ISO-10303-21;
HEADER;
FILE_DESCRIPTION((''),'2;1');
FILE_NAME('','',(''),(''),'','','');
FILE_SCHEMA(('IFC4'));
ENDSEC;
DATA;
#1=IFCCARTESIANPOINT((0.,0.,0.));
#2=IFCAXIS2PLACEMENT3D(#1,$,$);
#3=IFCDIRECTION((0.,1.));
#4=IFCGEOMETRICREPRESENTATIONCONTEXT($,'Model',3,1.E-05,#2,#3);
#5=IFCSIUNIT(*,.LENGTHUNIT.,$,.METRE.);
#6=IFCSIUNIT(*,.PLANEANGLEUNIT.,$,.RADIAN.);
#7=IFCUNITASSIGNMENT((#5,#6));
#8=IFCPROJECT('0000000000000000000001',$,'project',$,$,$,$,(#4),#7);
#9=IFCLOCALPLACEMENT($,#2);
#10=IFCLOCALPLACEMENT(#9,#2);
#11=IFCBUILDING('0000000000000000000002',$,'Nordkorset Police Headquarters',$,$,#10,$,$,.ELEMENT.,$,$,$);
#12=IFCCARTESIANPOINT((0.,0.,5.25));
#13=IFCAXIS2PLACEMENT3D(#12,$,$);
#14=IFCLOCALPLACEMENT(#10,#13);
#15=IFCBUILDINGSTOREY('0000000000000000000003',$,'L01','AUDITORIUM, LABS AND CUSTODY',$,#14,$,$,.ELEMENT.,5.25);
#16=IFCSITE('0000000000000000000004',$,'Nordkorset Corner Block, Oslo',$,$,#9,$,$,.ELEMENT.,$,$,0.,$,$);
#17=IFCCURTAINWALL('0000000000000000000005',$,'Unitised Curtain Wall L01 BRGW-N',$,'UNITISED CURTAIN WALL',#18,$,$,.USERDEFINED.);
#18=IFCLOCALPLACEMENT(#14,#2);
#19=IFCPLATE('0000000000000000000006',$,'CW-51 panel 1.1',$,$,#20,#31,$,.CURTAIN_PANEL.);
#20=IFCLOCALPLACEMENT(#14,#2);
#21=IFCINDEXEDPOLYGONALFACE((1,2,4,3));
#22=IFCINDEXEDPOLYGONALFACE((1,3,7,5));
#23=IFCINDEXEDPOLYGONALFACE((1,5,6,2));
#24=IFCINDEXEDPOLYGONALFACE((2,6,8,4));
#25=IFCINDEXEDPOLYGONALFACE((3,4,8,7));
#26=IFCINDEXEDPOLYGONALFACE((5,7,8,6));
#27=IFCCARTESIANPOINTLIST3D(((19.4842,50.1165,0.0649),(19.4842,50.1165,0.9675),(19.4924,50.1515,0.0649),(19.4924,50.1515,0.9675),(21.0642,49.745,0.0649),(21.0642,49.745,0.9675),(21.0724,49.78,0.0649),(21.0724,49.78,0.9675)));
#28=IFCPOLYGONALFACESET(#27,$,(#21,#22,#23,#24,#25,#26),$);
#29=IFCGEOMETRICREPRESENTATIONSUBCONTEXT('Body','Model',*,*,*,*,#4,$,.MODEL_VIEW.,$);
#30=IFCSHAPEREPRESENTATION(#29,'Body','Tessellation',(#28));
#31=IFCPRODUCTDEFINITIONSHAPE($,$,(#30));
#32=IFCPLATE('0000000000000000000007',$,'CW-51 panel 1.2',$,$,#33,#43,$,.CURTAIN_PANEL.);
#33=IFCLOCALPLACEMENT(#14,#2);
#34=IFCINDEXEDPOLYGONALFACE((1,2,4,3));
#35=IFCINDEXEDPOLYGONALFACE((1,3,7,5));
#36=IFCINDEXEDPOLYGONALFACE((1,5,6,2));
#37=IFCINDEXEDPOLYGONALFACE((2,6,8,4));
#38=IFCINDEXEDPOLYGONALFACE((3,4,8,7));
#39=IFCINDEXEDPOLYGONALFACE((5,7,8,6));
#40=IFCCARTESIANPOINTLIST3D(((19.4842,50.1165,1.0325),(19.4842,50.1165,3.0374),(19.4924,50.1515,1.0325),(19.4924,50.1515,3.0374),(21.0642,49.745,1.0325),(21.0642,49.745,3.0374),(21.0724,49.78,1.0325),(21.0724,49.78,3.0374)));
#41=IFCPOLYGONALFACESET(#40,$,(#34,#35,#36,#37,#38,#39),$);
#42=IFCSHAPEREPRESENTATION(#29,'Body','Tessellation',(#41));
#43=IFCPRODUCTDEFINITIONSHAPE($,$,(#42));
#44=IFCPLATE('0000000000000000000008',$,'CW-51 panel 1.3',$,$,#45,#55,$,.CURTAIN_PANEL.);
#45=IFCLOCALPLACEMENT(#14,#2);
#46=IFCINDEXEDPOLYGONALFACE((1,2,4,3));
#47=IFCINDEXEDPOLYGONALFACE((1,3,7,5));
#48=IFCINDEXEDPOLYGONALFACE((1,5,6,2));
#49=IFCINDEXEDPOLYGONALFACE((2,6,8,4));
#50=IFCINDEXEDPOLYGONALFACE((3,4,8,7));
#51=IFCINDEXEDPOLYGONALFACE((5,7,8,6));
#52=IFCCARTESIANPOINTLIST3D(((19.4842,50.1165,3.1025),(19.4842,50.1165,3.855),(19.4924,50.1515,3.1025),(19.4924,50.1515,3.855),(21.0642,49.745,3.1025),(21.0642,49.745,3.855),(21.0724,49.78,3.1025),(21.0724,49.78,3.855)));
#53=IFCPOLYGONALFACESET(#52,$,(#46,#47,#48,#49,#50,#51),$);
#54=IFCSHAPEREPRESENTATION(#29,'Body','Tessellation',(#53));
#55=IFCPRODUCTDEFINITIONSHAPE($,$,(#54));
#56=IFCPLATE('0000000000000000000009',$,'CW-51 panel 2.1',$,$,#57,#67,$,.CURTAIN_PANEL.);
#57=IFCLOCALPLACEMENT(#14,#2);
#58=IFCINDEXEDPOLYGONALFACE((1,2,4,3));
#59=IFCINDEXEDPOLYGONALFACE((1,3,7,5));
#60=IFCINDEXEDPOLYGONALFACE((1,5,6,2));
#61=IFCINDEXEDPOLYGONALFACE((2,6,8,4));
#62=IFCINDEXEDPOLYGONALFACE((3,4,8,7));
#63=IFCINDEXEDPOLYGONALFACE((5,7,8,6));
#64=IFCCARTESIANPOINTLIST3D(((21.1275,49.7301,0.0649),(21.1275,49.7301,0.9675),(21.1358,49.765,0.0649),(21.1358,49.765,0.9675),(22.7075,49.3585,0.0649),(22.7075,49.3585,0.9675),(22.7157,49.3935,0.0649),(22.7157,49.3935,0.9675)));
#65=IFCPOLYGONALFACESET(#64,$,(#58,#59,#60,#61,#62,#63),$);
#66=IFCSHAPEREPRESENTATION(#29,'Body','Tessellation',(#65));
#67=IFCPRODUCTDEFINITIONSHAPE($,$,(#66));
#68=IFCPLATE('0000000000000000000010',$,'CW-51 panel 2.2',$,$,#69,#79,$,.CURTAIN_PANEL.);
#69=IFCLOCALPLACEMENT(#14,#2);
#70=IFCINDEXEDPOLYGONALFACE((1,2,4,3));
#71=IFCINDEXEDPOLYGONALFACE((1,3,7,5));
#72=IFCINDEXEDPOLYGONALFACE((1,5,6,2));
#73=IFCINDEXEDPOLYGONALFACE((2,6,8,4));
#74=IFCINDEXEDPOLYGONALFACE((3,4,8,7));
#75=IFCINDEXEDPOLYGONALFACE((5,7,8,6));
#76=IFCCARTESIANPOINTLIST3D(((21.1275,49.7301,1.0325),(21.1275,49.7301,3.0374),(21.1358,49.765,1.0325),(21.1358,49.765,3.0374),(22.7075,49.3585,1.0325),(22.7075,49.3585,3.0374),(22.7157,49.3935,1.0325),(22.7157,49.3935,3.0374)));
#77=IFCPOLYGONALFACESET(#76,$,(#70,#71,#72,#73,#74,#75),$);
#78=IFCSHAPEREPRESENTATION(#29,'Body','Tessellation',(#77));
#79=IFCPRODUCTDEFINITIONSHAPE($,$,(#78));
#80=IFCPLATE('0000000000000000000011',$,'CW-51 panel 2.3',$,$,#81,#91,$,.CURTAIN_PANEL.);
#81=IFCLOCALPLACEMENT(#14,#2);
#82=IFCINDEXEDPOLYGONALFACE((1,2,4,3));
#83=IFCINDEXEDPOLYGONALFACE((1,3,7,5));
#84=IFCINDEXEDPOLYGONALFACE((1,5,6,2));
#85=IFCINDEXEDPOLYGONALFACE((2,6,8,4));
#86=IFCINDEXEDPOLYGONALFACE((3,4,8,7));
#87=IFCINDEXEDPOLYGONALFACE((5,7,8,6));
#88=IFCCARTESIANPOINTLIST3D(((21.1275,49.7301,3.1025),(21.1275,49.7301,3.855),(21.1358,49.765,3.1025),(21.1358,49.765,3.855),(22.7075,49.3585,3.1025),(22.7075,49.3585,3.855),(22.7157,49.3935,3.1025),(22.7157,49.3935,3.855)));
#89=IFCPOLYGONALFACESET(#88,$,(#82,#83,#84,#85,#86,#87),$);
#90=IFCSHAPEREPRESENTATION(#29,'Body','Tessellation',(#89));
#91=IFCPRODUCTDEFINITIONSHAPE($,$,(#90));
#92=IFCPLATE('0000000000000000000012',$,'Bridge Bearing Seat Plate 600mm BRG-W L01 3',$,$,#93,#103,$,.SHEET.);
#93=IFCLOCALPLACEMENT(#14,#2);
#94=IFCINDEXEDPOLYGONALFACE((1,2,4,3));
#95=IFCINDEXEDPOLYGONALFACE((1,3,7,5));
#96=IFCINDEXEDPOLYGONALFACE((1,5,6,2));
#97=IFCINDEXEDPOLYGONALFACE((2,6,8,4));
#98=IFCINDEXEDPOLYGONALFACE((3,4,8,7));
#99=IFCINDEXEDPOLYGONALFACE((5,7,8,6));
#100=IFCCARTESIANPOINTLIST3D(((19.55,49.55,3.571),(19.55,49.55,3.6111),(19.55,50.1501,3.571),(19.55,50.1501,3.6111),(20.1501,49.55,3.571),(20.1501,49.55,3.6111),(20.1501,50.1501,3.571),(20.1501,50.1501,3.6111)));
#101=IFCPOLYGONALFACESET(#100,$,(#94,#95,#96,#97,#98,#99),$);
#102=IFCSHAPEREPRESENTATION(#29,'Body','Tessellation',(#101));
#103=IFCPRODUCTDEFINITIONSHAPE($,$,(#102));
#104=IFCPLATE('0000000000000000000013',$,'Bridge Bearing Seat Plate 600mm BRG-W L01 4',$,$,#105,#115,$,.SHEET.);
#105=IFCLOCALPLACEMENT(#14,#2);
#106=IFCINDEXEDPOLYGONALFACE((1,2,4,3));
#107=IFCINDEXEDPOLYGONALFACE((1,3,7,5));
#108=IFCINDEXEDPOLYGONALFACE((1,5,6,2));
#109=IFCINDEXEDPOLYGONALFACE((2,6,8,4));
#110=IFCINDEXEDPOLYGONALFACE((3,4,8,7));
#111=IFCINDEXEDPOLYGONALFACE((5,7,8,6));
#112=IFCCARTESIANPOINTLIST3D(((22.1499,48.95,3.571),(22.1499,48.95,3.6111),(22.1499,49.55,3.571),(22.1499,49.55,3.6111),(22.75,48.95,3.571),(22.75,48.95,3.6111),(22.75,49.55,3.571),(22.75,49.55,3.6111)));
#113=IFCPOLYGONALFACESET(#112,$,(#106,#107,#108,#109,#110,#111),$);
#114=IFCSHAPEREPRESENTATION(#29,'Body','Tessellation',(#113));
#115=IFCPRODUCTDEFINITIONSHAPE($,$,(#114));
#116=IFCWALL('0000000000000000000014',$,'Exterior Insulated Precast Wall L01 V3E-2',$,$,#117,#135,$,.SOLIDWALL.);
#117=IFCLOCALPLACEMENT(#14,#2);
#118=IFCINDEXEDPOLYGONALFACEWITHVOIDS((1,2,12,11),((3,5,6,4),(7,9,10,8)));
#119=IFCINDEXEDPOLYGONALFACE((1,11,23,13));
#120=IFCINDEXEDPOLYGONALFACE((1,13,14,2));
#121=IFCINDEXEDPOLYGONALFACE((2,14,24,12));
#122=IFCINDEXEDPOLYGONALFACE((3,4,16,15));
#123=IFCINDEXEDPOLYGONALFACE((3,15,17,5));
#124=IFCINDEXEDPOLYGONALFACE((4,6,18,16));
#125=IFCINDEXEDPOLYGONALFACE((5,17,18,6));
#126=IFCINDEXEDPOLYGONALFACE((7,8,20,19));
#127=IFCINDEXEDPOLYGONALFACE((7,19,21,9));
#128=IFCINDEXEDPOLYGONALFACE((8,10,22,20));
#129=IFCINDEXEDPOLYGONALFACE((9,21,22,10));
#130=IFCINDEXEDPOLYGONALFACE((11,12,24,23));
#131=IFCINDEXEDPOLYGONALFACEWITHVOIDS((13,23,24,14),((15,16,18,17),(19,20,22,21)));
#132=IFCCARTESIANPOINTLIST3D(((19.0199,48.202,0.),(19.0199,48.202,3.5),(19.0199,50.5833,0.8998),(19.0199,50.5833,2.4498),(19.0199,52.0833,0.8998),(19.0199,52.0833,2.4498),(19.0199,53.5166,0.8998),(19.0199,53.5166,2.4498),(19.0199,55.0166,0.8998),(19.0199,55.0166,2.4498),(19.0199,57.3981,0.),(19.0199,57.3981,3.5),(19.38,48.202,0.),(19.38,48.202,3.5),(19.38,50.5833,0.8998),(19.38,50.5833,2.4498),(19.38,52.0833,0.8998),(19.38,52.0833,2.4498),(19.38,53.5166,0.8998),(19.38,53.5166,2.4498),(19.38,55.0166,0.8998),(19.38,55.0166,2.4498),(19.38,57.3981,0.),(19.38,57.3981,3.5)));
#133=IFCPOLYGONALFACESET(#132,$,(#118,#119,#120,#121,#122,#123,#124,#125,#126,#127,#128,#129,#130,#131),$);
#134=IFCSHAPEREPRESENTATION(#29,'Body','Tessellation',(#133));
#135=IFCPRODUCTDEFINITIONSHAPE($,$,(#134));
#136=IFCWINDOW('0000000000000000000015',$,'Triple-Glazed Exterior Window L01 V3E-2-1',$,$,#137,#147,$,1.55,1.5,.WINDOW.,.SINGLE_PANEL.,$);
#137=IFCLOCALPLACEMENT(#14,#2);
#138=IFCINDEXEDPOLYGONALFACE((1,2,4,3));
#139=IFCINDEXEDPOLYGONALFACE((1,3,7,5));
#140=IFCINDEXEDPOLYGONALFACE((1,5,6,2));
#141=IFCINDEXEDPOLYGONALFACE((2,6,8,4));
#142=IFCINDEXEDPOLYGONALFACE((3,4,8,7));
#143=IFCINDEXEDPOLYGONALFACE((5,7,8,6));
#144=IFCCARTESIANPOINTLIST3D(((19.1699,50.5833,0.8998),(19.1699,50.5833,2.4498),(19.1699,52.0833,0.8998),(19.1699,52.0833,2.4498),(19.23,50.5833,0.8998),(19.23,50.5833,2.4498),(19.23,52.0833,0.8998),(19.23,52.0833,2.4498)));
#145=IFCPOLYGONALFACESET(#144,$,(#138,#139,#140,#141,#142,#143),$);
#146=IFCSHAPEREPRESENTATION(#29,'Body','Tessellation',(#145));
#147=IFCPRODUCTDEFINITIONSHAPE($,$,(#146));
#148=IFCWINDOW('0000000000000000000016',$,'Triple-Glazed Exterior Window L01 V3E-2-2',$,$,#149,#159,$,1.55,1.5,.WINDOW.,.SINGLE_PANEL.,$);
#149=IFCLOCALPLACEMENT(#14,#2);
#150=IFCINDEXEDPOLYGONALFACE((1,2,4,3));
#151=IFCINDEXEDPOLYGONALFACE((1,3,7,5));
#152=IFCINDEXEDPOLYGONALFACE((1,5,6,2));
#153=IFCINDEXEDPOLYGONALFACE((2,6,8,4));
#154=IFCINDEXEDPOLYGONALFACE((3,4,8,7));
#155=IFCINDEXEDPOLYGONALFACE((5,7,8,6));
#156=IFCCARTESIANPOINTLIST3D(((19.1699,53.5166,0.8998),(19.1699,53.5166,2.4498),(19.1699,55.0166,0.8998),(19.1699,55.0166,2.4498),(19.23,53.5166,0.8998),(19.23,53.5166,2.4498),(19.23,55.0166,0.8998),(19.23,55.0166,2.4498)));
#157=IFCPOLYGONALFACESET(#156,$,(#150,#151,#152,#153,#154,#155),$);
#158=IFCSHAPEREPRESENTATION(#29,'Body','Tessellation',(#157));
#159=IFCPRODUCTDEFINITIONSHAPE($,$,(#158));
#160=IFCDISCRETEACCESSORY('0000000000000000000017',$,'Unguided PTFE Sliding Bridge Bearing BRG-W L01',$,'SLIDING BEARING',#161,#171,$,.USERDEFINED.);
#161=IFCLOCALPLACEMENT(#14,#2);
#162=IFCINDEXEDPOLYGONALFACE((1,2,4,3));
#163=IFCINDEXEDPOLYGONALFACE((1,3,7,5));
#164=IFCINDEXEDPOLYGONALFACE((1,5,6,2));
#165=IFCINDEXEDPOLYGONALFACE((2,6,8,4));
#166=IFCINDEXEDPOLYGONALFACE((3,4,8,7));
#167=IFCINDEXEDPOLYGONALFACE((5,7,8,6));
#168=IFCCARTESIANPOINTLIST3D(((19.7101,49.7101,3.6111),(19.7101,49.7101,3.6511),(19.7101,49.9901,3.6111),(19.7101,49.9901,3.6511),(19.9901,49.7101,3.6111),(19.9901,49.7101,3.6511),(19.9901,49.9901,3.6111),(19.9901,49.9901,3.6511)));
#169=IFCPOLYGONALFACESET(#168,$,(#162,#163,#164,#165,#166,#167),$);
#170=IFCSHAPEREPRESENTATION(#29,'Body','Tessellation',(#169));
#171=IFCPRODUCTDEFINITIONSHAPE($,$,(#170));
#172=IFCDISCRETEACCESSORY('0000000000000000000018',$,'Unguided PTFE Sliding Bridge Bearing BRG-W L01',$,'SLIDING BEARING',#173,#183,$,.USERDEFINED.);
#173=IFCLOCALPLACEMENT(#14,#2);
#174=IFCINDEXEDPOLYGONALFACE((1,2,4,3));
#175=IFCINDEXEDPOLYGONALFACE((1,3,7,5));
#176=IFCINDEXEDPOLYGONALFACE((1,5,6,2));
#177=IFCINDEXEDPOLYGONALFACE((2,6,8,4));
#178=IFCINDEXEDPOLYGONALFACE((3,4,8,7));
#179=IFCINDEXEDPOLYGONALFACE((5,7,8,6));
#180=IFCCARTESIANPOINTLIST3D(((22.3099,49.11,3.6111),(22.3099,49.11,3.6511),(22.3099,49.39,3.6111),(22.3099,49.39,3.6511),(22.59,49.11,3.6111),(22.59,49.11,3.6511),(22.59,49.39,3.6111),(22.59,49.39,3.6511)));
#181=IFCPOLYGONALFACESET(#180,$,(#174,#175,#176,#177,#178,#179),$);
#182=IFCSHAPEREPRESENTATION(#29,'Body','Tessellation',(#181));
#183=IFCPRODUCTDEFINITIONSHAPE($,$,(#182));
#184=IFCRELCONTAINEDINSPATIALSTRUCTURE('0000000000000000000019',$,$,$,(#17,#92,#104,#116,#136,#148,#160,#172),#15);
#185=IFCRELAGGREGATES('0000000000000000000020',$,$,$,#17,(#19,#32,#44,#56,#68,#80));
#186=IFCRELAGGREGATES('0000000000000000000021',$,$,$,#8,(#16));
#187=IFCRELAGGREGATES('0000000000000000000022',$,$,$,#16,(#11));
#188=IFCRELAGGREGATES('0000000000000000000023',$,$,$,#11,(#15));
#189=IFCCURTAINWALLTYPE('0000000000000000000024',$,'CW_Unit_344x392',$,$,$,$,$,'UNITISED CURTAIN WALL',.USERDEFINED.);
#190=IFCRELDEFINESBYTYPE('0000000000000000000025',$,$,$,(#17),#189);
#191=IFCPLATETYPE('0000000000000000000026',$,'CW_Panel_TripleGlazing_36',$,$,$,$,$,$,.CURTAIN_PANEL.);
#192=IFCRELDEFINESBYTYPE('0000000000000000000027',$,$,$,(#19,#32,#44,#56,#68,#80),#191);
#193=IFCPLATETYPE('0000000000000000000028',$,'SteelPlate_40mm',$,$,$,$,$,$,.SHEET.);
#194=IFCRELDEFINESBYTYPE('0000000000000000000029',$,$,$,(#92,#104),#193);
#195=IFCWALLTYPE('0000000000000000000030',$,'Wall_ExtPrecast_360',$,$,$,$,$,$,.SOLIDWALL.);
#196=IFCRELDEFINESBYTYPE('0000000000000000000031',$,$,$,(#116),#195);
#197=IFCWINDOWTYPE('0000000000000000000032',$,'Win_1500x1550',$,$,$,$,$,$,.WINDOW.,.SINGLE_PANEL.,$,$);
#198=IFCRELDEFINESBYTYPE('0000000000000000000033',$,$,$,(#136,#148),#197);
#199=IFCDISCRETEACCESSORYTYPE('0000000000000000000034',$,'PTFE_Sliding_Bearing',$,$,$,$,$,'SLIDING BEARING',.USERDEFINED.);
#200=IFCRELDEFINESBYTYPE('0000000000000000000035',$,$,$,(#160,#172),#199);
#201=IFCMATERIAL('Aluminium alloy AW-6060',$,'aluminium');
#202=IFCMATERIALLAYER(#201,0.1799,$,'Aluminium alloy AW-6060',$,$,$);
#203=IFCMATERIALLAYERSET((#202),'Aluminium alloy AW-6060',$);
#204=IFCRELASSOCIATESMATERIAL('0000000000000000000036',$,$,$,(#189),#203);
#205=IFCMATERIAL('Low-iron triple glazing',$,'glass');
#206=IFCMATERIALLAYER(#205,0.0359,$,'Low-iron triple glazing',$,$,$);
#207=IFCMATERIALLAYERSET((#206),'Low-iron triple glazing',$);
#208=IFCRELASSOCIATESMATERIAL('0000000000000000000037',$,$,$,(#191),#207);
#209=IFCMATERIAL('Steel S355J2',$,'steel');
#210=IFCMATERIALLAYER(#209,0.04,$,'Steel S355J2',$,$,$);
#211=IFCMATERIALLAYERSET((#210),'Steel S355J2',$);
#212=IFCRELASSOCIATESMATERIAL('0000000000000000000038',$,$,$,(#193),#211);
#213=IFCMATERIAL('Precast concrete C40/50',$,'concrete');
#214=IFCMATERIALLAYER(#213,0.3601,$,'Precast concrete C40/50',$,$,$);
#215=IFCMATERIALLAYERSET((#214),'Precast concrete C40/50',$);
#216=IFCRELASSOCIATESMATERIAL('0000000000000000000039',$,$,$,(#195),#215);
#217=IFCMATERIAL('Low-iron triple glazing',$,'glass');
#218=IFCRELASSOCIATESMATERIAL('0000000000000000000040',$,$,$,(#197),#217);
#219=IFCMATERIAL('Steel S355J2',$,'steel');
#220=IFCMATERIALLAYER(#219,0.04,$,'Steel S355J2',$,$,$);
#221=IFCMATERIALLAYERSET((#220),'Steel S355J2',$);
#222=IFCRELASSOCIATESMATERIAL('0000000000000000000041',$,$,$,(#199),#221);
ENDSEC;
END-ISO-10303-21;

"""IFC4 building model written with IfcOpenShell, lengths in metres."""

from ifc_helpers import new_model, si_unit, direction, frame, frame_2d, origin, origin_2d, place, context, subcontext, project, spatial, rectangle, extrude, material, layer, layer_set, type_object, element, fill, aggregate, save


model = new_model("IFC4")

# Units and contexts
model_context = context("Model", 3, precision=1e-05, world=origin(), true_north=direction((0.0, 1.0)))
body_context = subcontext(model_context, "Body", "Model", "MODEL_VIEW")
ifc_project = project(units=[si_unit("LENGTHUNIT", "METRE"), si_unit("PLANEANGLEUNIT", "RADIAN")], contexts=[model_context])

# Site, building, storey
site_placement = place(None, origin())
site = spatial("IfcSite", under=ifc_project, at=site_placement, Name="Nordkorset Corner Block, Oslo", CompositionType="ELEMENT", RefElevation=0.0)
building_placement = place(site_placement, origin())
building = spatial("IfcBuilding", under=site, at=building_placement, Name="Nordkorset Police Headquarters", CompositionType="ELEMENT")
storey_placement = place(building_placement, frame((0.0, 0.0, 5.25)))
storey = spatial("IfcBuildingStorey", under=building, at=storey_placement, Name="L01", Description="AUDITORIUM, LABS AND CUSTODY", CompositionType="ELEMENT", Elevation=5.25)

# Curtain wall
ifc_material_1 = material(Name="Aluminium alloy AW-6060", Category="aluminium")
ifc_layer_1 = layer(ifc_material_1, 0.1799, Name="Aluminium alloy AW-6060")
ifc_layer_set_1 = layer_set([ifc_layer_1], Name="Aluminium alloy AW-6060")
curtain_wall_type = type_object("IfcCurtainWallType", Name="CW_Unit_344x392", ElementType="UNITISED CURTAIN WALL", PredefinedType="USERDEFINED", material=ifc_layer_set_1)
curtain_wall_placement = place(storey_placement, origin())
curtain_wall = element("IfcCurtainWall", 1, at=curtain_wall_placement, inside=storey, type_object=curtain_wall_type, Name="Unitised Curtain Wall L01 BRGW-N", ObjectType="UNITISED CURTAIN WALL", PredefinedType="USERDEFINED")

# Plates
ifc_material_2 = material(Name="Low-iron triple glazing", Category="glass")
ifc_layer_2 = layer(ifc_material_2, 0.0359, Name="Low-iron triple glazing")
ifc_layer_set_2 = layer_set([ifc_layer_2], Name="Low-iron triple glazing")
plate_type_1 = type_object("IfcPlateType", Name="CW_Panel_TripleGlazing_36", PredefinedType="CURTAIN_PANEL", material=ifc_layer_set_2)
plate_1_placement = place(storey_placement, frame((20.2783, 49.9482, 0.0649), z_axis=(0.0, 0.0, 1.0), x_axis=(0.973452, -0.228893, 0.0)))
plate_1 = element("IfcPlate", 2, at=plate_1_placement, type_object=plate_type_1, Name="CW-51 panel 1.1", PredefinedType="CURTAIN_PANEL", context=body_context, shape_type="SweptSolid", body=[
    extrude(rectangle(XDim=1.623, YDim=0.0359, at=origin_2d()), origin(), (0.0, 0.0, 1.0), 0.9026),
])
plate_2_placement = place(storey_placement, frame((20.2783, 49.9482, 1.0325), z_axis=(0.0, 0.0, 1.0), x_axis=(0.973452, -0.228893, 0.0)))
plate_2 = element("IfcPlate", 3, at=plate_2_placement, type_object=plate_type_1, Name="CW-51 panel 1.2", PredefinedType="CURTAIN_PANEL", context=body_context, shape_type="SweptSolid", body=[
    extrude(rectangle(XDim=1.623, YDim=0.0359, at=origin_2d()), origin(), (0.0, 0.0, 1.0), 2.0049),
])
plate_3_placement = place(storey_placement, frame((20.2783, 49.9482, 3.1025), z_axis=(0.0, 0.0, 1.0), x_axis=(0.973452, -0.228893, 0.0)))
plate_3 = element("IfcPlate", 4, at=plate_3_placement, type_object=plate_type_1, Name="CW-51 panel 1.3", PredefinedType="CURTAIN_PANEL", context=body_context, shape_type="SweptSolid", body=[
    extrude(rectangle(XDim=1.623, YDim=0.0359, at=origin_2d()), origin(), (0.0, 0.0, 1.0), 0.7524),
])
plate_4_placement = place(storey_placement, frame((21.9216, 49.5618, 0.0649), z_axis=(0.0, 0.0, 1.0), x_axis=(0.973452, -0.228893, 0.0)))
plate_4 = element("IfcPlate", 5, at=plate_4_placement, type_object=plate_type_1, Name="CW-51 panel 2.1", PredefinedType="CURTAIN_PANEL", context=body_context, shape_type="SweptSolid", body=[
    extrude(rectangle(XDim=1.623, YDim=0.0359, at=origin_2d()), origin(), (0.0, 0.0, 1.0), 0.9026),
])
plate_5_placement = place(storey_placement, frame((21.9216, 49.5618, 1.0325), z_axis=(0.0, 0.0, 1.0), x_axis=(0.973452, -0.228893, 0.0)))
plate_5 = element("IfcPlate", 6, at=plate_5_placement, type_object=plate_type_1, Name="CW-51 panel 2.2", PredefinedType="CURTAIN_PANEL", context=body_context, shape_type="SweptSolid", body=[
    extrude(rectangle(XDim=1.623, YDim=0.0359, at=origin_2d()), origin(), (0.0, 0.0, 1.0), 2.0049),
])
plate_6_placement = place(storey_placement, frame((21.9216, 49.5618, 3.1025), z_axis=(0.0, 0.0, 1.0), x_axis=(0.973452, -0.228893, 0.0)))
plate_6 = element("IfcPlate", 7, at=plate_6_placement, type_object=plate_type_1, Name="CW-51 panel 2.3", PredefinedType="CURTAIN_PANEL", context=body_context, shape_type="SweptSolid", body=[
    extrude(rectangle(XDim=1.623, YDim=0.0359, at=origin_2d()), origin(), (0.0, 0.0, 1.0), 0.7524),
])
aggregate(curtain_wall, [plate_1, plate_2, plate_3, plate_4, plate_5, plate_6])

# Plates
ifc_material_3 = material(Name="Steel S355J2", Category="steel")
ifc_layer_3 = layer(ifc_material_3, 0.04, Name="Steel S355J2")
ifc_layer_set_3 = layer_set([ifc_layer_3], Name="Steel S355J2")
plate_type_2 = type_object("IfcPlateType", Name="SteelPlate_40mm", PredefinedType="SHEET", material=ifc_layer_set_3)
for number, where, z_axis, x_axis, name in (
    (8, (19.8501, 49.8501, 3.571), (0.0, 0.0, 1.0), (1.0, 0.0, 0.0), "Bridge Bearing Seat Plate 600mm BRG-W L01 3"),
    (9, (22.45, 49.25, 3.571), (0.0, 0.0, 1.0), (1.0, 0.0, 0.0), "Bridge Bearing Seat Plate 600mm BRG-W L01 4"),
):
    element("IfcPlate", number, at=place(storey_placement, frame(where, z_axis=z_axis, x_axis=x_axis)), inside=storey, type_object=plate_type_2, Name=name, PredefinedType="SHEET", context=body_context, shape_type="SweptSolid", body=[
        extrude(rectangle(XDim=0.6001, YDim=0.6001, at=origin_2d()), origin(), (0.0, 0.0, 1.0), 0.04),
    ])

# Wall, openings, windows
ifc_material_4 = material(Name="Precast concrete C40/50", Category="concrete")
ifc_layer_4 = layer(ifc_material_4, 0.3601, Name="Precast concrete C40/50")
ifc_layer_set_4 = layer_set([ifc_layer_4], Name="Precast concrete C40/50")
wall_type = type_object("IfcWallType", Name="Wall_ExtPrecast_360", PredefinedType="SOLIDWALL", material=ifc_layer_set_4)
wall_placement = place(storey_placement, frame((19.2, 48.2019, 0.0), z_axis=(0.0, 0.0, 1.0), x_axis=(0.0, 1.0, 0.0)))
wall = element("IfcWall", 10, at=wall_placement, inside=storey, type_object=wall_type, Name="Exterior Insulated Precast Wall L01 V3E-2", PredefinedType="SOLIDWALL", context=body_context, shape_type="SweptSolid", body=[
    extrude(rectangle(XDim=9.196, YDim=0.3601, at=frame_2d((4.5981, 0.0))), origin(), (0.0, 0.0, 1.0), 3.5),
])
opening_1_placement = place(wall_placement, frame((2.3813, 0.0, 0.8999)))
opening_1 = element("IfcOpeningElement", 11, at=opening_1_placement, cuts=wall, PredefinedType="OPENING", context=body_context, shape_type="SweptSolid", body=[
    extrude(rectangle(XDim=1.5, YDim=1.55, at=frame_2d((0.75, 0.7749))), frame((0.0, 0.1899, 0.0), z_axis=(0.0, -1.0, 0.0), x_axis=(1.0, 0.0, 0.0)), (0.0, 0.0, 1.0), 0.3801),
])
opening_2_placement = place(wall_placement, frame((5.3147, 0.0, 0.8999)))
opening_2 = element("IfcOpeningElement", 12, at=opening_2_placement, cuts=wall, PredefinedType="OPENING", context=body_context, shape_type="SweptSolid", body=[
    extrude(rectangle(XDim=1.5, YDim=1.55, at=frame_2d((0.75, 0.7749))), frame((0.0, 0.1899, 0.0), z_axis=(0.0, -1.0, 0.0), x_axis=(1.0, 0.0, 0.0)), (0.0, 0.0, 1.0), 0.3801),
])
ifc_material_5 = material(Name="Low-iron triple glazing", Category="glass")
window_type = type_object("IfcWindowType", Name="Win_1500x1550", PartitioningType="SINGLE_PANEL", PredefinedType="WINDOW", material=ifc_material_5)
window_1_placement = place(opening_1_placement, origin())
window_1 = element("IfcWindow", 13, at=window_1_placement, inside=storey, type_object=window_type, Name="Triple-Glazed Exterior Window L01 V3E-2-1", OverallHeight=1.55, OverallWidth=1.5, PartitioningType="SINGLE_PANEL", PredefinedType="WINDOW", context=body_context, shape_type="SweptSolid", body=[
    extrude(rectangle(XDim=1.5, YDim=1.55, at=frame_2d((0.75, 0.7749))), frame((0.0, 0.03, 0.0), z_axis=(0.0, -1.0, 0.0), x_axis=(1.0, 0.0, 0.0)), (0.0, 0.0, 1.0), 0.0601),
])
fill(opening_1, window_1)
window_2_placement = place(opening_2_placement, origin())
window_2 = element("IfcWindow", 14, at=window_2_placement, inside=storey, type_object=window_type, Name="Triple-Glazed Exterior Window L01 V3E-2-2", OverallHeight=1.55, OverallWidth=1.5, PartitioningType="SINGLE_PANEL", PredefinedType="WINDOW", context=body_context, shape_type="SweptSolid", body=[
    extrude(rectangle(XDim=1.5, YDim=1.55, at=frame_2d((0.75, 0.7749))), frame((0.0, 0.03, 0.0), z_axis=(0.0, -1.0, 0.0), x_axis=(1.0, 0.0, 0.0)), (0.0, 0.0, 1.0), 0.0601),
])
fill(opening_2, window_2)

# Discrete accessories
ifc_material_6 = material(Name="Steel S355J2", Category="steel")
ifc_layer_5 = layer(ifc_material_6, 0.04, Name="Steel S355J2")
ifc_layer_set_5 = layer_set([ifc_layer_5], Name="Steel S355J2")
discrete_accessory_type = type_object("IfcDiscreteAccessoryType", Name="PTFE_Sliding_Bearing", ElementType="SLIDING BEARING", PredefinedType="USERDEFINED", material=ifc_layer_set_5)
for number, where, z_axis, x_axis, name in (
    (15, (19.8501, 49.8501, 3.6111), (0.0, 0.0, 1.0), (1.0, 0.0, 0.0), "Unguided PTFE Sliding Bridge Bearing BRG-W L01"),
    (16, (22.45, 49.25, 3.6111), (0.0, 0.0, 1.0), (1.0, 0.0, 0.0), "Unguided PTFE Sliding Bridge Bearing BRG-W L01"),
):
    element("IfcDiscreteAccessory", number, at=place(storey_placement, frame(where, z_axis=z_axis, x_axis=x_axis)), inside=storey, type_object=discrete_accessory_type, Name=name, ObjectType="SLIDING BEARING", PredefinedType="USERDEFINED", context=body_context, shape_type="SweptSolid", body=[
        extrude(rectangle(XDim=0.28, YDim=0.28, at=origin_2d()), origin(), (0.0, 0.0, 1.0), 0.04),
    ])

save(model, "model.ifc")
